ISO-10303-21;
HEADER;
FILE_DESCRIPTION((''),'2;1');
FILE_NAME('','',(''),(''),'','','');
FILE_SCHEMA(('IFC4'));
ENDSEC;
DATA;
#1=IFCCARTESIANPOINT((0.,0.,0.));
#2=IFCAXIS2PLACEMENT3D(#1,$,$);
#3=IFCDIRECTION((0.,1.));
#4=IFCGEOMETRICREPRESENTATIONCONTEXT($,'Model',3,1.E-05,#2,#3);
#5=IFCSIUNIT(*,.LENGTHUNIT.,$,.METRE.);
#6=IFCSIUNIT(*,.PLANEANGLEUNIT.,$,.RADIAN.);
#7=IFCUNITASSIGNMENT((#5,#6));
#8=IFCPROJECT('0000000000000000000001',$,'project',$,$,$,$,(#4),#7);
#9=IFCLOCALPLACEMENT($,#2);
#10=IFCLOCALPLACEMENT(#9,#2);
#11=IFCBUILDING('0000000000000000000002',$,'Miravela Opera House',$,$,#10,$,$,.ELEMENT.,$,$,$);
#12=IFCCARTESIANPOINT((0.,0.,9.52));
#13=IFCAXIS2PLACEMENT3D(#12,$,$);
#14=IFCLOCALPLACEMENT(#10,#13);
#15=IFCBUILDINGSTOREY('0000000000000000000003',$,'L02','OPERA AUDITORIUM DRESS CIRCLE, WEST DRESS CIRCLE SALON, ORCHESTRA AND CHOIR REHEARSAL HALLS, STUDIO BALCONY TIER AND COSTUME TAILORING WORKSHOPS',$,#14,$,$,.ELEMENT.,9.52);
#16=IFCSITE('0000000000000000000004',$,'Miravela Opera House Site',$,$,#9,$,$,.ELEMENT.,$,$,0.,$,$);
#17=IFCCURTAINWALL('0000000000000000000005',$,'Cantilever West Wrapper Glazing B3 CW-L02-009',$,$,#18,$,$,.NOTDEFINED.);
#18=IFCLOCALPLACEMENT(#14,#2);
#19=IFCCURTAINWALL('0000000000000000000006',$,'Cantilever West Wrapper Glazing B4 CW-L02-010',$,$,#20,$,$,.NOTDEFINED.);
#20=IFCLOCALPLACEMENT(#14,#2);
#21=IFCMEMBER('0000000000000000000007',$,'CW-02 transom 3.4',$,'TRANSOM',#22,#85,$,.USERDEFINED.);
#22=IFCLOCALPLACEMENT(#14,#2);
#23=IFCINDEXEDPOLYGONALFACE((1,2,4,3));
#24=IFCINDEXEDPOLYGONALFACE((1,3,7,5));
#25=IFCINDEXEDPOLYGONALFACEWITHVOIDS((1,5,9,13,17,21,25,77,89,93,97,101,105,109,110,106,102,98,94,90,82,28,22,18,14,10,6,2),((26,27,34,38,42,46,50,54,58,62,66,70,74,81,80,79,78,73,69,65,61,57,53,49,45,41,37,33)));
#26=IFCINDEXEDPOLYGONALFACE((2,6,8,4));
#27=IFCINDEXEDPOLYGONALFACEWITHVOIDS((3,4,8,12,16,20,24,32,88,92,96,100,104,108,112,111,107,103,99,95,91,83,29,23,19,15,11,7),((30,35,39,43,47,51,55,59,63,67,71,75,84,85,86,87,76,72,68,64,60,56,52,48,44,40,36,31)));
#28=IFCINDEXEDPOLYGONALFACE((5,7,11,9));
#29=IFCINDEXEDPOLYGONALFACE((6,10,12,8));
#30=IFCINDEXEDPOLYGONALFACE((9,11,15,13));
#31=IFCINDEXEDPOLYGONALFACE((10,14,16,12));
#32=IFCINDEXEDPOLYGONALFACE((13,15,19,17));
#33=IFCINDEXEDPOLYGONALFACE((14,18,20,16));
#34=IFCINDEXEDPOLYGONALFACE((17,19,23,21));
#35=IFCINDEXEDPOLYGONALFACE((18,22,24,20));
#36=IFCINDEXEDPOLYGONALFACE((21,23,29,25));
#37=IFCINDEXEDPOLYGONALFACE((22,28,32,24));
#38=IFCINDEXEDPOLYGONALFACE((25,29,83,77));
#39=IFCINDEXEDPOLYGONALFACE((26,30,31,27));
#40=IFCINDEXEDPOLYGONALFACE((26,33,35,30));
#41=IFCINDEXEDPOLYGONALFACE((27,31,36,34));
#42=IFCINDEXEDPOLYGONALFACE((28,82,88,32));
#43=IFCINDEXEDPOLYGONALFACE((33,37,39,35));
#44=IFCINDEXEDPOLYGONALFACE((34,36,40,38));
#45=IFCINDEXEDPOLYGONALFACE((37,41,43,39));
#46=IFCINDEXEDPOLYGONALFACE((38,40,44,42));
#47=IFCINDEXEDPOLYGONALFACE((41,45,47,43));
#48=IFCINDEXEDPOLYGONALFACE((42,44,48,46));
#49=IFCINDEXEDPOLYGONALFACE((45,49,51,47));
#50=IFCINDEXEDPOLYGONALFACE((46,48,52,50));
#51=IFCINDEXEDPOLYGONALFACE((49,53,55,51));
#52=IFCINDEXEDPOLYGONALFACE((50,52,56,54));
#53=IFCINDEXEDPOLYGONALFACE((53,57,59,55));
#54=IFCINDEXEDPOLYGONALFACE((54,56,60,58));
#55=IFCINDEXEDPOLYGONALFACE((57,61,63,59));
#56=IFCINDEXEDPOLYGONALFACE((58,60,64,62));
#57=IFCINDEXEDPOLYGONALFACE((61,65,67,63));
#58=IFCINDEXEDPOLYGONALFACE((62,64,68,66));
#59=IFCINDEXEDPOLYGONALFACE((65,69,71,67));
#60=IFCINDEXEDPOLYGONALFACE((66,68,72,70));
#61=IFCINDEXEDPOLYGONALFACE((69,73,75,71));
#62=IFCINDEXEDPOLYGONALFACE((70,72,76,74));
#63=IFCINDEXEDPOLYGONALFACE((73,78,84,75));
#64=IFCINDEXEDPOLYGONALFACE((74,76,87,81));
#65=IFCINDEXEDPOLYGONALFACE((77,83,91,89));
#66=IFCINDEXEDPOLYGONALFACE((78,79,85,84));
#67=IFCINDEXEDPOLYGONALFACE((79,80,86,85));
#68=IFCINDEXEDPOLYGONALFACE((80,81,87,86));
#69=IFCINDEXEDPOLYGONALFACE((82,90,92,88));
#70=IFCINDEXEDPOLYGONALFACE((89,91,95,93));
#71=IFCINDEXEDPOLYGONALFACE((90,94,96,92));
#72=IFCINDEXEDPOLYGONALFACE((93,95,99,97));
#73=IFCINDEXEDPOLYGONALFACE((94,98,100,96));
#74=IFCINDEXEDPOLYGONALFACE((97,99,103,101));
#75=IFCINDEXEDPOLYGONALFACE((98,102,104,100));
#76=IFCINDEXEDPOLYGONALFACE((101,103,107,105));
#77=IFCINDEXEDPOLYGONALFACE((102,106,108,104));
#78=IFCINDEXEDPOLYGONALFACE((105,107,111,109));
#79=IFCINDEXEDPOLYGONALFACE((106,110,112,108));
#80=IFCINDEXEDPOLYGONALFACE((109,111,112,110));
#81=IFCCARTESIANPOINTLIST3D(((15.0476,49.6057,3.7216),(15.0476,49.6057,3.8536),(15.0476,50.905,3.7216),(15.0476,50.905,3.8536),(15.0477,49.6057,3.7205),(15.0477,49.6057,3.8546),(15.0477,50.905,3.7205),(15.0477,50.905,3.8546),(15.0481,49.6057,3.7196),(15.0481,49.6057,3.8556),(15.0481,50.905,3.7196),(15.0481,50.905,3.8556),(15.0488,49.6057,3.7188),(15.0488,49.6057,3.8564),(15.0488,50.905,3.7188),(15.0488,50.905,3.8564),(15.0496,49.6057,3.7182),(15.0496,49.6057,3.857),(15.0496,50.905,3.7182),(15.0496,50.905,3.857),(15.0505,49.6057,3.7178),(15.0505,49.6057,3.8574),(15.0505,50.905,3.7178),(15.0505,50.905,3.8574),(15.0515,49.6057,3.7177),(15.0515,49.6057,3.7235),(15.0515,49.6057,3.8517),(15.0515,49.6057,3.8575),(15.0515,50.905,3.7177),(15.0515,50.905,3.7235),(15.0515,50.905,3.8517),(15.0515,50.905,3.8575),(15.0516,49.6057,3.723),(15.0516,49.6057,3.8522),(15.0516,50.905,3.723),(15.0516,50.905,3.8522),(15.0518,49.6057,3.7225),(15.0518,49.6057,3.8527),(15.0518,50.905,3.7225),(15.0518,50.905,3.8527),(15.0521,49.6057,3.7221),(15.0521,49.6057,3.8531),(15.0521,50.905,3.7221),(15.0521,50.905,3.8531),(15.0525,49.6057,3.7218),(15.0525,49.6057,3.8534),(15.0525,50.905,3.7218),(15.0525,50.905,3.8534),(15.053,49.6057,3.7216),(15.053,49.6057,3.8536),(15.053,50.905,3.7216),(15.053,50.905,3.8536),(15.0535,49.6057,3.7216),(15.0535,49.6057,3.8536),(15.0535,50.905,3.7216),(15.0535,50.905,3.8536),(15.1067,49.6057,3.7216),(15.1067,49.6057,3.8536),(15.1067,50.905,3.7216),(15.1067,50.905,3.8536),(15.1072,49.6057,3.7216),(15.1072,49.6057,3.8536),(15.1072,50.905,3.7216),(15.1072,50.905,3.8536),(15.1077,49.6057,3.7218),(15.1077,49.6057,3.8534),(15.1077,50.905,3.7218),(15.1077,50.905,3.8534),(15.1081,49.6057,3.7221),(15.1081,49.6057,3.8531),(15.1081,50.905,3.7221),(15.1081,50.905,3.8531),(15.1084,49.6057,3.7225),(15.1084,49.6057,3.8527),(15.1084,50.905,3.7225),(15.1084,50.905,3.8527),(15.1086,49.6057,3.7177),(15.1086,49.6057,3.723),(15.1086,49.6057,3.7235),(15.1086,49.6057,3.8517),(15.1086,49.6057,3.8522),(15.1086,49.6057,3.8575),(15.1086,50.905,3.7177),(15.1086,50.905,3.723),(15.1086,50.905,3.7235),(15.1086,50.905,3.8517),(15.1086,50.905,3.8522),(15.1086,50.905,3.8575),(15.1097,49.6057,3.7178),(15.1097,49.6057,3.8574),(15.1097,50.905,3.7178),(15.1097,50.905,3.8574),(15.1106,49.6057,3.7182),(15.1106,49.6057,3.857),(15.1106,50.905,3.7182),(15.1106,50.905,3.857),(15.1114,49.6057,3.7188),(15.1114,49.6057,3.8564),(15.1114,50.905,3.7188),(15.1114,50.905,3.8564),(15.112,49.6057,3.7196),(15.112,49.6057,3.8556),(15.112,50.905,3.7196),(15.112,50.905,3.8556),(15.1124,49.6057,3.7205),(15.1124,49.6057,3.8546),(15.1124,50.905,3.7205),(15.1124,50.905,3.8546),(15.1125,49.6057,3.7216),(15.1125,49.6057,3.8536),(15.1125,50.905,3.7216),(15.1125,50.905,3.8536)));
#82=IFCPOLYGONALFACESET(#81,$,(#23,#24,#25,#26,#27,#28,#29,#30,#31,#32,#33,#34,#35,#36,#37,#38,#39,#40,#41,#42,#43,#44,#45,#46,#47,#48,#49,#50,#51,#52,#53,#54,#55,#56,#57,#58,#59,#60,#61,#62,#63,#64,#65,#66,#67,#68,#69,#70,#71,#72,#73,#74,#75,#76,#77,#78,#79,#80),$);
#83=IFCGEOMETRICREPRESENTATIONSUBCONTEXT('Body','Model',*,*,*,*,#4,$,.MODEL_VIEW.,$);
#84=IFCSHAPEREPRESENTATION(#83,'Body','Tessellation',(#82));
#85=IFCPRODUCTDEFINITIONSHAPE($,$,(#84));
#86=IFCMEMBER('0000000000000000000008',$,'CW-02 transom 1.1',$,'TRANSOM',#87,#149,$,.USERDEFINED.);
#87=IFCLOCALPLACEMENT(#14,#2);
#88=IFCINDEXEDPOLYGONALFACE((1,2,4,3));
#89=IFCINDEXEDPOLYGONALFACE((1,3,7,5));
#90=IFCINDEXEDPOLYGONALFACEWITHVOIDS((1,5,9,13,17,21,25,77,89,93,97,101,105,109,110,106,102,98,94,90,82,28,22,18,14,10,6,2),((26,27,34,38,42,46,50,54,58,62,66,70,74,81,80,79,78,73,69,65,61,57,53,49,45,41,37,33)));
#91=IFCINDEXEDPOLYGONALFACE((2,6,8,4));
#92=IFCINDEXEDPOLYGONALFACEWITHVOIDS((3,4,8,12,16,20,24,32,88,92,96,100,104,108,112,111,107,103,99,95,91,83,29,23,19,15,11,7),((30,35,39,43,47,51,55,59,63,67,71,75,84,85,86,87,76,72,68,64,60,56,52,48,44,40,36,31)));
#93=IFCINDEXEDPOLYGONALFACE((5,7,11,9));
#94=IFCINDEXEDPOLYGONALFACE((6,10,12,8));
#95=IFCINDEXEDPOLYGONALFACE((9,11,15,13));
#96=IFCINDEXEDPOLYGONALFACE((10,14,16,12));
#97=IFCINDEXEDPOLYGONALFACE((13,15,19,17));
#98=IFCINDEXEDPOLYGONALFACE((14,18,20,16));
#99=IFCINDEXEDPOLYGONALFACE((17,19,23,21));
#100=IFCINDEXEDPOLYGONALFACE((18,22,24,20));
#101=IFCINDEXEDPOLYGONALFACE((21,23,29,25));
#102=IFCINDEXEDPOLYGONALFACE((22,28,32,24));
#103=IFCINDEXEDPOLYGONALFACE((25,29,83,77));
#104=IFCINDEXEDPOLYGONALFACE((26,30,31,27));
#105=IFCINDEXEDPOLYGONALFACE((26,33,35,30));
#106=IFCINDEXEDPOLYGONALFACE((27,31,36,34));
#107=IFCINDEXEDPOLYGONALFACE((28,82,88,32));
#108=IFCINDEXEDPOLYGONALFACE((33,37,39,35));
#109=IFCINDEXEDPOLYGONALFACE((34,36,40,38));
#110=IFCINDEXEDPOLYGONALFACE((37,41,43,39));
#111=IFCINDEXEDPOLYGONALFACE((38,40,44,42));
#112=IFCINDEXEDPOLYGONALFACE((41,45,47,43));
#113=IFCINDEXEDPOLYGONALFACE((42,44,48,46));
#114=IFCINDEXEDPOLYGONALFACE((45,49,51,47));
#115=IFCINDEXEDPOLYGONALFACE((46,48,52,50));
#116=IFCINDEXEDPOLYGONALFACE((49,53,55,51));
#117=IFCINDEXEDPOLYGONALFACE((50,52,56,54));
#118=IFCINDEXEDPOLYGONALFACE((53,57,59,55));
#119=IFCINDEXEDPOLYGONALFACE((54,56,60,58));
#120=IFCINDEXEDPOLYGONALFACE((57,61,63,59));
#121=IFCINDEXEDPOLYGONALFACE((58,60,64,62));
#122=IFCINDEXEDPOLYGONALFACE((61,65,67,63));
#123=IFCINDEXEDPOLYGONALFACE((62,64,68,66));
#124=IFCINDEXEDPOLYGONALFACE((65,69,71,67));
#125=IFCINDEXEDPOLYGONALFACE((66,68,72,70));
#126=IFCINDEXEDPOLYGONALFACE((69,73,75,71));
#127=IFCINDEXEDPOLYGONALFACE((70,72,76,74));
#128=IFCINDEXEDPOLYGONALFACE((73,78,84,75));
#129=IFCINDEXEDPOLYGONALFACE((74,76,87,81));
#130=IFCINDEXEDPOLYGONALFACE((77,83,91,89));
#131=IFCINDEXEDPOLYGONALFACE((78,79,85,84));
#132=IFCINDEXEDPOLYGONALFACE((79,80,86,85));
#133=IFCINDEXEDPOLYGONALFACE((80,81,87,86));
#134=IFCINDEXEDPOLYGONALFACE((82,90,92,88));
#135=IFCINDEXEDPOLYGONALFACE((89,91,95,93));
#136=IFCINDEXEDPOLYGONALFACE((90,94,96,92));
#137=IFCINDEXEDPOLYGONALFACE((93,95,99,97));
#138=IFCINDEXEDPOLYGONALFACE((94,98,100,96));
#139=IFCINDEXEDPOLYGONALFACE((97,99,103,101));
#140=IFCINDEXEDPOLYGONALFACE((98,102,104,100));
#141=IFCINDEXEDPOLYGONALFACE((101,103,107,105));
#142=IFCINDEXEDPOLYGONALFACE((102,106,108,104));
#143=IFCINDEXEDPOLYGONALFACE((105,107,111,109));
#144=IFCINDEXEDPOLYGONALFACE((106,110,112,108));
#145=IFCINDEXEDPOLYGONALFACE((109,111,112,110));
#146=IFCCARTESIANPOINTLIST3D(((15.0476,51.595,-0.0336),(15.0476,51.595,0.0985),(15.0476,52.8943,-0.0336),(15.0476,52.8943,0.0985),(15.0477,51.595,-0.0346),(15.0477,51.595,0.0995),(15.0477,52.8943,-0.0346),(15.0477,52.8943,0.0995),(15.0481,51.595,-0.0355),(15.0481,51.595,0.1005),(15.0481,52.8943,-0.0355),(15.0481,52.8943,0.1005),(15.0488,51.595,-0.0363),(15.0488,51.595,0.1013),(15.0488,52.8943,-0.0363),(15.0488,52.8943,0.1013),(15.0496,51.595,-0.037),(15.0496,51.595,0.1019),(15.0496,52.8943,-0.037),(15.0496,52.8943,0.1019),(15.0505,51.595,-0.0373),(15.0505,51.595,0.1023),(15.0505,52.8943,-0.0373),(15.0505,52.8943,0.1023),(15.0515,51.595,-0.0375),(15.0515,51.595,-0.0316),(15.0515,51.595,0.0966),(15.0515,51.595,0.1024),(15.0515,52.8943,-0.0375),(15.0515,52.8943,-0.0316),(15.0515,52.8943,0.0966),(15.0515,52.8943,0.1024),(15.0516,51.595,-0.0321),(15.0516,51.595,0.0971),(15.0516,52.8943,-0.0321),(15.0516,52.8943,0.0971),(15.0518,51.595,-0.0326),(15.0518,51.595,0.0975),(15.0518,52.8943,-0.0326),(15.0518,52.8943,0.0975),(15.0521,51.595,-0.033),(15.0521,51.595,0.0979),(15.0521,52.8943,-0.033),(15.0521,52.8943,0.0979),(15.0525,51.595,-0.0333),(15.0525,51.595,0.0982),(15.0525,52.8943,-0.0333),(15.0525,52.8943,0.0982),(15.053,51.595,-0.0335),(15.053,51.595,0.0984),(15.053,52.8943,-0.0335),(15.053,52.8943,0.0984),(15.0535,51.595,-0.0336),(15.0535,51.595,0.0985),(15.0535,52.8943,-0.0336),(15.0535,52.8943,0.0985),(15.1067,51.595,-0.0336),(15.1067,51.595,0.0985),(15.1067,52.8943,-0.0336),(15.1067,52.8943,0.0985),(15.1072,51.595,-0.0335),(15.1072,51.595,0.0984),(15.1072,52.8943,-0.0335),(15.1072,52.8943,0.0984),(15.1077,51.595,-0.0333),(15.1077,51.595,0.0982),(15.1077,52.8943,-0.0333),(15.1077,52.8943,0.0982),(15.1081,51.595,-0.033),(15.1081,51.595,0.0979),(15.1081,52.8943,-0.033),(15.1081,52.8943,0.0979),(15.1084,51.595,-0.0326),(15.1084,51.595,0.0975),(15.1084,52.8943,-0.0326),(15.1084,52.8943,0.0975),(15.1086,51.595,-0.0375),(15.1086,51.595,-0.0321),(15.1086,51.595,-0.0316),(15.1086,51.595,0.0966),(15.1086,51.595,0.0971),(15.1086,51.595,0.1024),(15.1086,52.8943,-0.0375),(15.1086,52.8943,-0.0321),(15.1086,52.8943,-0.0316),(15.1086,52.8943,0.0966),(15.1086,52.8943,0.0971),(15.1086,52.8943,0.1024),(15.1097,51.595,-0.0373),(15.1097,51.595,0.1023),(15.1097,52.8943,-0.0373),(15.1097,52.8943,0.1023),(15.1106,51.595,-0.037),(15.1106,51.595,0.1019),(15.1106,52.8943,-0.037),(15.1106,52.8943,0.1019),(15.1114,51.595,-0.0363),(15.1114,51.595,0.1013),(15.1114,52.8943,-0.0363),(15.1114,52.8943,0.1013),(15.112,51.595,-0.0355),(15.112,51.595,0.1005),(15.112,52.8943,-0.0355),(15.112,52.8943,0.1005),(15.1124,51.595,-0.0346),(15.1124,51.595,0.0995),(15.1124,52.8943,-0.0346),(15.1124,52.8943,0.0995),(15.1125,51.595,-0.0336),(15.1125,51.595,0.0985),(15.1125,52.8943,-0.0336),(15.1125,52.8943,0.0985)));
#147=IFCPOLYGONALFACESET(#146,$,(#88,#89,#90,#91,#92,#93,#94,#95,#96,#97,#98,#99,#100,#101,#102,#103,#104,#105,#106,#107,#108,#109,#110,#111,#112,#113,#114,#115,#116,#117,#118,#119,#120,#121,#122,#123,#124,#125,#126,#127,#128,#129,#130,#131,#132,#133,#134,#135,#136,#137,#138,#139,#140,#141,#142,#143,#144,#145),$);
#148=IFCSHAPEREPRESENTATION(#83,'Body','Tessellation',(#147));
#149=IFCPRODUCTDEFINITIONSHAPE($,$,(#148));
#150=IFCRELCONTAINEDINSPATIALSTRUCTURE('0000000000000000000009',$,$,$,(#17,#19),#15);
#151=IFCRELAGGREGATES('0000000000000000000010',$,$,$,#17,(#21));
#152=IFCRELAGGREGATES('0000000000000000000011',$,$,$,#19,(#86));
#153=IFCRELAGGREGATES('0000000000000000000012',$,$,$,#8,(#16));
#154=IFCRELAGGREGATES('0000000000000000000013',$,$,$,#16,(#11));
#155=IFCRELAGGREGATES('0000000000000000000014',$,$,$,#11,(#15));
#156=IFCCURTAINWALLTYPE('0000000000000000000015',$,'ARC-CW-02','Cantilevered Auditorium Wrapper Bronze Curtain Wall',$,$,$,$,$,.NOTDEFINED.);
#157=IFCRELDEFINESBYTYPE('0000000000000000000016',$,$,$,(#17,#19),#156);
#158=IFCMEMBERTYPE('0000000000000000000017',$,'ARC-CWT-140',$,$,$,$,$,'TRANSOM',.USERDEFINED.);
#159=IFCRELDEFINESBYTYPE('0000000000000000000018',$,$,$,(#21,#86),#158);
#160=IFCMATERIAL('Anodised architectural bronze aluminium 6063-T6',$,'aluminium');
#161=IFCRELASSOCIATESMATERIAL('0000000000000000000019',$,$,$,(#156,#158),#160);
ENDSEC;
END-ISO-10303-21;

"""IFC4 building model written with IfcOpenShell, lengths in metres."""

from ifc_helpers import new_model, si_unit, direction, frame, origin, origin_2d, place, context, subcontext, project, spatial, hollow_rectangle, extrude, material, material_profile, profile_set, type_object, element, aggregate, save


model = new_model("IFC4")

# Units and contexts
model_context = context("Model", 3, precision=1e-05, world=origin(), true_north=direction((0.0, 1.0)))
body_context = subcontext(model_context, "Body", "Model", "MODEL_VIEW")
ifc_project = project(units=[si_unit("LENGTHUNIT", "METRE"), si_unit("PLANEANGLEUNIT", "RADIAN")], contexts=[model_context])

# Site, building, storey
site_placement = place(None, origin())
site = spatial("IfcSite", under=ifc_project, at=site_placement, Name="Miravela Opera House Site", CompositionType="ELEMENT", RefElevation=0.0)
building_placement = place(site_placement, origin())
building = spatial("IfcBuilding", under=site, at=building_placement, Name="Miravela Opera House", CompositionType="ELEMENT")
storey_placement = place(building_placement, frame((0.0, 0.0, 9.52)))
storey = spatial("IfcBuildingStorey", under=building, at=storey_placement, Name="L02", Description="OPERA AUDITORIUM DRESS CIRCLE, WEST DRESS CIRCLE SALON, ORCHESTRA AND CHOIR REHEARSAL HALLS, STUDIO BALCONY TIER AND COSTUME TAILORING WORKSHOPS", CompositionType="ELEMENT", Elevation=9.52)

# Curtain wall
ifc_material_1 = material(Name="Anodised architectural bronze aluminium 6063-T6", Category="aluminium")
curtain_wall_type = type_object("IfcCurtainWallType", Name="ARC-CW-02", Description="Cantilevered Auditorium Wrapper Bronze Curtain Wall", PredefinedType="NOTDEFINED", material=ifc_material_1)
curtain_wall_1_placement = place(storey_placement, origin())
curtain_wall_1 = element("IfcCurtainWall", 1, at=curtain_wall_1_placement, inside=storey, type_object=curtain_wall_type, Name="Cantilever West Wrapper Glazing B3 CW-L02-009", PredefinedType="NOTDEFINED")

# Curtain wall
curtain_wall_2_placement = place(storey_placement, origin())
curtain_wall_2 = element("IfcCurtainWall", 2, at=curtain_wall_2_placement, inside=storey, type_object=curtain_wall_type, Name="Cantilever West Wrapper Glazing B4 CW-L02-010", PredefinedType="NOTDEFINED")

# Members
ifc_material_profile_1 = material_profile(ifc_material_1, hollow_rectangle(XDim=0.0649, YDim=0.1399, WallThickness=0.0039, InnerFilletRadius=0.002, OuterFilletRadius=0.0039, at=origin_2d()), Name="CWT-65X140")
ifc_profile_set_1 = profile_set([ifc_material_profile_1])
member_type_1 = type_object("IfcMemberType", Name="ARC-CWT-140", ElementType="TRANSOM", PredefinedType="USERDEFINED", material=ifc_profile_set_1)
member_1_placement = place(storey_placement, frame((15.0801, 49.6057, 3.7876), z_axis=(0.0, 1.0, 0.0), x_axis=(-1.0, 0.0, 0.0)))
member_1 = element("IfcMember", 3, at=member_1_placement, type_object=member_type_1, Name="CW-02 transom 3.4", ObjectType="TRANSOM", PredefinedType="USERDEFINED", context=body_context, shape_type="SweptSolid", body=[
    extrude(hollow_rectangle(XDim=0.0649, YDim=0.1399, WallThickness=0.0039, InnerFilletRadius=0.002, OuterFilletRadius=0.0039, at=origin_2d()), origin(), (0.0, 0.0, 1.0), 1.2993),
])
member_2_placement = place(storey_placement, frame((15.0801, 51.595, 0.0325), z_axis=(0.0, 1.0, 0.0), x_axis=(-1.0, 0.0, 0.0)))
member_2 = element("IfcMember", 4, at=member_2_placement, type_object=member_type_1, Name="CW-02 transom 1.1", ObjectType="TRANSOM", PredefinedType="USERDEFINED", context=body_context, shape_type="SweptSolid", body=[
    extrude(hollow_rectangle(XDim=0.0649, YDim=0.1399, WallThickness=0.0039, InnerFilletRadius=0.002, OuterFilletRadius=0.0039, at=origin_2d()), origin(), (0.0, 0.0, 1.0), 1.2993),
])

aggregate(curtain_wall_1, [member_1])
aggregate(curtain_wall_2, [member_2])

save(model, "model.ifc")
